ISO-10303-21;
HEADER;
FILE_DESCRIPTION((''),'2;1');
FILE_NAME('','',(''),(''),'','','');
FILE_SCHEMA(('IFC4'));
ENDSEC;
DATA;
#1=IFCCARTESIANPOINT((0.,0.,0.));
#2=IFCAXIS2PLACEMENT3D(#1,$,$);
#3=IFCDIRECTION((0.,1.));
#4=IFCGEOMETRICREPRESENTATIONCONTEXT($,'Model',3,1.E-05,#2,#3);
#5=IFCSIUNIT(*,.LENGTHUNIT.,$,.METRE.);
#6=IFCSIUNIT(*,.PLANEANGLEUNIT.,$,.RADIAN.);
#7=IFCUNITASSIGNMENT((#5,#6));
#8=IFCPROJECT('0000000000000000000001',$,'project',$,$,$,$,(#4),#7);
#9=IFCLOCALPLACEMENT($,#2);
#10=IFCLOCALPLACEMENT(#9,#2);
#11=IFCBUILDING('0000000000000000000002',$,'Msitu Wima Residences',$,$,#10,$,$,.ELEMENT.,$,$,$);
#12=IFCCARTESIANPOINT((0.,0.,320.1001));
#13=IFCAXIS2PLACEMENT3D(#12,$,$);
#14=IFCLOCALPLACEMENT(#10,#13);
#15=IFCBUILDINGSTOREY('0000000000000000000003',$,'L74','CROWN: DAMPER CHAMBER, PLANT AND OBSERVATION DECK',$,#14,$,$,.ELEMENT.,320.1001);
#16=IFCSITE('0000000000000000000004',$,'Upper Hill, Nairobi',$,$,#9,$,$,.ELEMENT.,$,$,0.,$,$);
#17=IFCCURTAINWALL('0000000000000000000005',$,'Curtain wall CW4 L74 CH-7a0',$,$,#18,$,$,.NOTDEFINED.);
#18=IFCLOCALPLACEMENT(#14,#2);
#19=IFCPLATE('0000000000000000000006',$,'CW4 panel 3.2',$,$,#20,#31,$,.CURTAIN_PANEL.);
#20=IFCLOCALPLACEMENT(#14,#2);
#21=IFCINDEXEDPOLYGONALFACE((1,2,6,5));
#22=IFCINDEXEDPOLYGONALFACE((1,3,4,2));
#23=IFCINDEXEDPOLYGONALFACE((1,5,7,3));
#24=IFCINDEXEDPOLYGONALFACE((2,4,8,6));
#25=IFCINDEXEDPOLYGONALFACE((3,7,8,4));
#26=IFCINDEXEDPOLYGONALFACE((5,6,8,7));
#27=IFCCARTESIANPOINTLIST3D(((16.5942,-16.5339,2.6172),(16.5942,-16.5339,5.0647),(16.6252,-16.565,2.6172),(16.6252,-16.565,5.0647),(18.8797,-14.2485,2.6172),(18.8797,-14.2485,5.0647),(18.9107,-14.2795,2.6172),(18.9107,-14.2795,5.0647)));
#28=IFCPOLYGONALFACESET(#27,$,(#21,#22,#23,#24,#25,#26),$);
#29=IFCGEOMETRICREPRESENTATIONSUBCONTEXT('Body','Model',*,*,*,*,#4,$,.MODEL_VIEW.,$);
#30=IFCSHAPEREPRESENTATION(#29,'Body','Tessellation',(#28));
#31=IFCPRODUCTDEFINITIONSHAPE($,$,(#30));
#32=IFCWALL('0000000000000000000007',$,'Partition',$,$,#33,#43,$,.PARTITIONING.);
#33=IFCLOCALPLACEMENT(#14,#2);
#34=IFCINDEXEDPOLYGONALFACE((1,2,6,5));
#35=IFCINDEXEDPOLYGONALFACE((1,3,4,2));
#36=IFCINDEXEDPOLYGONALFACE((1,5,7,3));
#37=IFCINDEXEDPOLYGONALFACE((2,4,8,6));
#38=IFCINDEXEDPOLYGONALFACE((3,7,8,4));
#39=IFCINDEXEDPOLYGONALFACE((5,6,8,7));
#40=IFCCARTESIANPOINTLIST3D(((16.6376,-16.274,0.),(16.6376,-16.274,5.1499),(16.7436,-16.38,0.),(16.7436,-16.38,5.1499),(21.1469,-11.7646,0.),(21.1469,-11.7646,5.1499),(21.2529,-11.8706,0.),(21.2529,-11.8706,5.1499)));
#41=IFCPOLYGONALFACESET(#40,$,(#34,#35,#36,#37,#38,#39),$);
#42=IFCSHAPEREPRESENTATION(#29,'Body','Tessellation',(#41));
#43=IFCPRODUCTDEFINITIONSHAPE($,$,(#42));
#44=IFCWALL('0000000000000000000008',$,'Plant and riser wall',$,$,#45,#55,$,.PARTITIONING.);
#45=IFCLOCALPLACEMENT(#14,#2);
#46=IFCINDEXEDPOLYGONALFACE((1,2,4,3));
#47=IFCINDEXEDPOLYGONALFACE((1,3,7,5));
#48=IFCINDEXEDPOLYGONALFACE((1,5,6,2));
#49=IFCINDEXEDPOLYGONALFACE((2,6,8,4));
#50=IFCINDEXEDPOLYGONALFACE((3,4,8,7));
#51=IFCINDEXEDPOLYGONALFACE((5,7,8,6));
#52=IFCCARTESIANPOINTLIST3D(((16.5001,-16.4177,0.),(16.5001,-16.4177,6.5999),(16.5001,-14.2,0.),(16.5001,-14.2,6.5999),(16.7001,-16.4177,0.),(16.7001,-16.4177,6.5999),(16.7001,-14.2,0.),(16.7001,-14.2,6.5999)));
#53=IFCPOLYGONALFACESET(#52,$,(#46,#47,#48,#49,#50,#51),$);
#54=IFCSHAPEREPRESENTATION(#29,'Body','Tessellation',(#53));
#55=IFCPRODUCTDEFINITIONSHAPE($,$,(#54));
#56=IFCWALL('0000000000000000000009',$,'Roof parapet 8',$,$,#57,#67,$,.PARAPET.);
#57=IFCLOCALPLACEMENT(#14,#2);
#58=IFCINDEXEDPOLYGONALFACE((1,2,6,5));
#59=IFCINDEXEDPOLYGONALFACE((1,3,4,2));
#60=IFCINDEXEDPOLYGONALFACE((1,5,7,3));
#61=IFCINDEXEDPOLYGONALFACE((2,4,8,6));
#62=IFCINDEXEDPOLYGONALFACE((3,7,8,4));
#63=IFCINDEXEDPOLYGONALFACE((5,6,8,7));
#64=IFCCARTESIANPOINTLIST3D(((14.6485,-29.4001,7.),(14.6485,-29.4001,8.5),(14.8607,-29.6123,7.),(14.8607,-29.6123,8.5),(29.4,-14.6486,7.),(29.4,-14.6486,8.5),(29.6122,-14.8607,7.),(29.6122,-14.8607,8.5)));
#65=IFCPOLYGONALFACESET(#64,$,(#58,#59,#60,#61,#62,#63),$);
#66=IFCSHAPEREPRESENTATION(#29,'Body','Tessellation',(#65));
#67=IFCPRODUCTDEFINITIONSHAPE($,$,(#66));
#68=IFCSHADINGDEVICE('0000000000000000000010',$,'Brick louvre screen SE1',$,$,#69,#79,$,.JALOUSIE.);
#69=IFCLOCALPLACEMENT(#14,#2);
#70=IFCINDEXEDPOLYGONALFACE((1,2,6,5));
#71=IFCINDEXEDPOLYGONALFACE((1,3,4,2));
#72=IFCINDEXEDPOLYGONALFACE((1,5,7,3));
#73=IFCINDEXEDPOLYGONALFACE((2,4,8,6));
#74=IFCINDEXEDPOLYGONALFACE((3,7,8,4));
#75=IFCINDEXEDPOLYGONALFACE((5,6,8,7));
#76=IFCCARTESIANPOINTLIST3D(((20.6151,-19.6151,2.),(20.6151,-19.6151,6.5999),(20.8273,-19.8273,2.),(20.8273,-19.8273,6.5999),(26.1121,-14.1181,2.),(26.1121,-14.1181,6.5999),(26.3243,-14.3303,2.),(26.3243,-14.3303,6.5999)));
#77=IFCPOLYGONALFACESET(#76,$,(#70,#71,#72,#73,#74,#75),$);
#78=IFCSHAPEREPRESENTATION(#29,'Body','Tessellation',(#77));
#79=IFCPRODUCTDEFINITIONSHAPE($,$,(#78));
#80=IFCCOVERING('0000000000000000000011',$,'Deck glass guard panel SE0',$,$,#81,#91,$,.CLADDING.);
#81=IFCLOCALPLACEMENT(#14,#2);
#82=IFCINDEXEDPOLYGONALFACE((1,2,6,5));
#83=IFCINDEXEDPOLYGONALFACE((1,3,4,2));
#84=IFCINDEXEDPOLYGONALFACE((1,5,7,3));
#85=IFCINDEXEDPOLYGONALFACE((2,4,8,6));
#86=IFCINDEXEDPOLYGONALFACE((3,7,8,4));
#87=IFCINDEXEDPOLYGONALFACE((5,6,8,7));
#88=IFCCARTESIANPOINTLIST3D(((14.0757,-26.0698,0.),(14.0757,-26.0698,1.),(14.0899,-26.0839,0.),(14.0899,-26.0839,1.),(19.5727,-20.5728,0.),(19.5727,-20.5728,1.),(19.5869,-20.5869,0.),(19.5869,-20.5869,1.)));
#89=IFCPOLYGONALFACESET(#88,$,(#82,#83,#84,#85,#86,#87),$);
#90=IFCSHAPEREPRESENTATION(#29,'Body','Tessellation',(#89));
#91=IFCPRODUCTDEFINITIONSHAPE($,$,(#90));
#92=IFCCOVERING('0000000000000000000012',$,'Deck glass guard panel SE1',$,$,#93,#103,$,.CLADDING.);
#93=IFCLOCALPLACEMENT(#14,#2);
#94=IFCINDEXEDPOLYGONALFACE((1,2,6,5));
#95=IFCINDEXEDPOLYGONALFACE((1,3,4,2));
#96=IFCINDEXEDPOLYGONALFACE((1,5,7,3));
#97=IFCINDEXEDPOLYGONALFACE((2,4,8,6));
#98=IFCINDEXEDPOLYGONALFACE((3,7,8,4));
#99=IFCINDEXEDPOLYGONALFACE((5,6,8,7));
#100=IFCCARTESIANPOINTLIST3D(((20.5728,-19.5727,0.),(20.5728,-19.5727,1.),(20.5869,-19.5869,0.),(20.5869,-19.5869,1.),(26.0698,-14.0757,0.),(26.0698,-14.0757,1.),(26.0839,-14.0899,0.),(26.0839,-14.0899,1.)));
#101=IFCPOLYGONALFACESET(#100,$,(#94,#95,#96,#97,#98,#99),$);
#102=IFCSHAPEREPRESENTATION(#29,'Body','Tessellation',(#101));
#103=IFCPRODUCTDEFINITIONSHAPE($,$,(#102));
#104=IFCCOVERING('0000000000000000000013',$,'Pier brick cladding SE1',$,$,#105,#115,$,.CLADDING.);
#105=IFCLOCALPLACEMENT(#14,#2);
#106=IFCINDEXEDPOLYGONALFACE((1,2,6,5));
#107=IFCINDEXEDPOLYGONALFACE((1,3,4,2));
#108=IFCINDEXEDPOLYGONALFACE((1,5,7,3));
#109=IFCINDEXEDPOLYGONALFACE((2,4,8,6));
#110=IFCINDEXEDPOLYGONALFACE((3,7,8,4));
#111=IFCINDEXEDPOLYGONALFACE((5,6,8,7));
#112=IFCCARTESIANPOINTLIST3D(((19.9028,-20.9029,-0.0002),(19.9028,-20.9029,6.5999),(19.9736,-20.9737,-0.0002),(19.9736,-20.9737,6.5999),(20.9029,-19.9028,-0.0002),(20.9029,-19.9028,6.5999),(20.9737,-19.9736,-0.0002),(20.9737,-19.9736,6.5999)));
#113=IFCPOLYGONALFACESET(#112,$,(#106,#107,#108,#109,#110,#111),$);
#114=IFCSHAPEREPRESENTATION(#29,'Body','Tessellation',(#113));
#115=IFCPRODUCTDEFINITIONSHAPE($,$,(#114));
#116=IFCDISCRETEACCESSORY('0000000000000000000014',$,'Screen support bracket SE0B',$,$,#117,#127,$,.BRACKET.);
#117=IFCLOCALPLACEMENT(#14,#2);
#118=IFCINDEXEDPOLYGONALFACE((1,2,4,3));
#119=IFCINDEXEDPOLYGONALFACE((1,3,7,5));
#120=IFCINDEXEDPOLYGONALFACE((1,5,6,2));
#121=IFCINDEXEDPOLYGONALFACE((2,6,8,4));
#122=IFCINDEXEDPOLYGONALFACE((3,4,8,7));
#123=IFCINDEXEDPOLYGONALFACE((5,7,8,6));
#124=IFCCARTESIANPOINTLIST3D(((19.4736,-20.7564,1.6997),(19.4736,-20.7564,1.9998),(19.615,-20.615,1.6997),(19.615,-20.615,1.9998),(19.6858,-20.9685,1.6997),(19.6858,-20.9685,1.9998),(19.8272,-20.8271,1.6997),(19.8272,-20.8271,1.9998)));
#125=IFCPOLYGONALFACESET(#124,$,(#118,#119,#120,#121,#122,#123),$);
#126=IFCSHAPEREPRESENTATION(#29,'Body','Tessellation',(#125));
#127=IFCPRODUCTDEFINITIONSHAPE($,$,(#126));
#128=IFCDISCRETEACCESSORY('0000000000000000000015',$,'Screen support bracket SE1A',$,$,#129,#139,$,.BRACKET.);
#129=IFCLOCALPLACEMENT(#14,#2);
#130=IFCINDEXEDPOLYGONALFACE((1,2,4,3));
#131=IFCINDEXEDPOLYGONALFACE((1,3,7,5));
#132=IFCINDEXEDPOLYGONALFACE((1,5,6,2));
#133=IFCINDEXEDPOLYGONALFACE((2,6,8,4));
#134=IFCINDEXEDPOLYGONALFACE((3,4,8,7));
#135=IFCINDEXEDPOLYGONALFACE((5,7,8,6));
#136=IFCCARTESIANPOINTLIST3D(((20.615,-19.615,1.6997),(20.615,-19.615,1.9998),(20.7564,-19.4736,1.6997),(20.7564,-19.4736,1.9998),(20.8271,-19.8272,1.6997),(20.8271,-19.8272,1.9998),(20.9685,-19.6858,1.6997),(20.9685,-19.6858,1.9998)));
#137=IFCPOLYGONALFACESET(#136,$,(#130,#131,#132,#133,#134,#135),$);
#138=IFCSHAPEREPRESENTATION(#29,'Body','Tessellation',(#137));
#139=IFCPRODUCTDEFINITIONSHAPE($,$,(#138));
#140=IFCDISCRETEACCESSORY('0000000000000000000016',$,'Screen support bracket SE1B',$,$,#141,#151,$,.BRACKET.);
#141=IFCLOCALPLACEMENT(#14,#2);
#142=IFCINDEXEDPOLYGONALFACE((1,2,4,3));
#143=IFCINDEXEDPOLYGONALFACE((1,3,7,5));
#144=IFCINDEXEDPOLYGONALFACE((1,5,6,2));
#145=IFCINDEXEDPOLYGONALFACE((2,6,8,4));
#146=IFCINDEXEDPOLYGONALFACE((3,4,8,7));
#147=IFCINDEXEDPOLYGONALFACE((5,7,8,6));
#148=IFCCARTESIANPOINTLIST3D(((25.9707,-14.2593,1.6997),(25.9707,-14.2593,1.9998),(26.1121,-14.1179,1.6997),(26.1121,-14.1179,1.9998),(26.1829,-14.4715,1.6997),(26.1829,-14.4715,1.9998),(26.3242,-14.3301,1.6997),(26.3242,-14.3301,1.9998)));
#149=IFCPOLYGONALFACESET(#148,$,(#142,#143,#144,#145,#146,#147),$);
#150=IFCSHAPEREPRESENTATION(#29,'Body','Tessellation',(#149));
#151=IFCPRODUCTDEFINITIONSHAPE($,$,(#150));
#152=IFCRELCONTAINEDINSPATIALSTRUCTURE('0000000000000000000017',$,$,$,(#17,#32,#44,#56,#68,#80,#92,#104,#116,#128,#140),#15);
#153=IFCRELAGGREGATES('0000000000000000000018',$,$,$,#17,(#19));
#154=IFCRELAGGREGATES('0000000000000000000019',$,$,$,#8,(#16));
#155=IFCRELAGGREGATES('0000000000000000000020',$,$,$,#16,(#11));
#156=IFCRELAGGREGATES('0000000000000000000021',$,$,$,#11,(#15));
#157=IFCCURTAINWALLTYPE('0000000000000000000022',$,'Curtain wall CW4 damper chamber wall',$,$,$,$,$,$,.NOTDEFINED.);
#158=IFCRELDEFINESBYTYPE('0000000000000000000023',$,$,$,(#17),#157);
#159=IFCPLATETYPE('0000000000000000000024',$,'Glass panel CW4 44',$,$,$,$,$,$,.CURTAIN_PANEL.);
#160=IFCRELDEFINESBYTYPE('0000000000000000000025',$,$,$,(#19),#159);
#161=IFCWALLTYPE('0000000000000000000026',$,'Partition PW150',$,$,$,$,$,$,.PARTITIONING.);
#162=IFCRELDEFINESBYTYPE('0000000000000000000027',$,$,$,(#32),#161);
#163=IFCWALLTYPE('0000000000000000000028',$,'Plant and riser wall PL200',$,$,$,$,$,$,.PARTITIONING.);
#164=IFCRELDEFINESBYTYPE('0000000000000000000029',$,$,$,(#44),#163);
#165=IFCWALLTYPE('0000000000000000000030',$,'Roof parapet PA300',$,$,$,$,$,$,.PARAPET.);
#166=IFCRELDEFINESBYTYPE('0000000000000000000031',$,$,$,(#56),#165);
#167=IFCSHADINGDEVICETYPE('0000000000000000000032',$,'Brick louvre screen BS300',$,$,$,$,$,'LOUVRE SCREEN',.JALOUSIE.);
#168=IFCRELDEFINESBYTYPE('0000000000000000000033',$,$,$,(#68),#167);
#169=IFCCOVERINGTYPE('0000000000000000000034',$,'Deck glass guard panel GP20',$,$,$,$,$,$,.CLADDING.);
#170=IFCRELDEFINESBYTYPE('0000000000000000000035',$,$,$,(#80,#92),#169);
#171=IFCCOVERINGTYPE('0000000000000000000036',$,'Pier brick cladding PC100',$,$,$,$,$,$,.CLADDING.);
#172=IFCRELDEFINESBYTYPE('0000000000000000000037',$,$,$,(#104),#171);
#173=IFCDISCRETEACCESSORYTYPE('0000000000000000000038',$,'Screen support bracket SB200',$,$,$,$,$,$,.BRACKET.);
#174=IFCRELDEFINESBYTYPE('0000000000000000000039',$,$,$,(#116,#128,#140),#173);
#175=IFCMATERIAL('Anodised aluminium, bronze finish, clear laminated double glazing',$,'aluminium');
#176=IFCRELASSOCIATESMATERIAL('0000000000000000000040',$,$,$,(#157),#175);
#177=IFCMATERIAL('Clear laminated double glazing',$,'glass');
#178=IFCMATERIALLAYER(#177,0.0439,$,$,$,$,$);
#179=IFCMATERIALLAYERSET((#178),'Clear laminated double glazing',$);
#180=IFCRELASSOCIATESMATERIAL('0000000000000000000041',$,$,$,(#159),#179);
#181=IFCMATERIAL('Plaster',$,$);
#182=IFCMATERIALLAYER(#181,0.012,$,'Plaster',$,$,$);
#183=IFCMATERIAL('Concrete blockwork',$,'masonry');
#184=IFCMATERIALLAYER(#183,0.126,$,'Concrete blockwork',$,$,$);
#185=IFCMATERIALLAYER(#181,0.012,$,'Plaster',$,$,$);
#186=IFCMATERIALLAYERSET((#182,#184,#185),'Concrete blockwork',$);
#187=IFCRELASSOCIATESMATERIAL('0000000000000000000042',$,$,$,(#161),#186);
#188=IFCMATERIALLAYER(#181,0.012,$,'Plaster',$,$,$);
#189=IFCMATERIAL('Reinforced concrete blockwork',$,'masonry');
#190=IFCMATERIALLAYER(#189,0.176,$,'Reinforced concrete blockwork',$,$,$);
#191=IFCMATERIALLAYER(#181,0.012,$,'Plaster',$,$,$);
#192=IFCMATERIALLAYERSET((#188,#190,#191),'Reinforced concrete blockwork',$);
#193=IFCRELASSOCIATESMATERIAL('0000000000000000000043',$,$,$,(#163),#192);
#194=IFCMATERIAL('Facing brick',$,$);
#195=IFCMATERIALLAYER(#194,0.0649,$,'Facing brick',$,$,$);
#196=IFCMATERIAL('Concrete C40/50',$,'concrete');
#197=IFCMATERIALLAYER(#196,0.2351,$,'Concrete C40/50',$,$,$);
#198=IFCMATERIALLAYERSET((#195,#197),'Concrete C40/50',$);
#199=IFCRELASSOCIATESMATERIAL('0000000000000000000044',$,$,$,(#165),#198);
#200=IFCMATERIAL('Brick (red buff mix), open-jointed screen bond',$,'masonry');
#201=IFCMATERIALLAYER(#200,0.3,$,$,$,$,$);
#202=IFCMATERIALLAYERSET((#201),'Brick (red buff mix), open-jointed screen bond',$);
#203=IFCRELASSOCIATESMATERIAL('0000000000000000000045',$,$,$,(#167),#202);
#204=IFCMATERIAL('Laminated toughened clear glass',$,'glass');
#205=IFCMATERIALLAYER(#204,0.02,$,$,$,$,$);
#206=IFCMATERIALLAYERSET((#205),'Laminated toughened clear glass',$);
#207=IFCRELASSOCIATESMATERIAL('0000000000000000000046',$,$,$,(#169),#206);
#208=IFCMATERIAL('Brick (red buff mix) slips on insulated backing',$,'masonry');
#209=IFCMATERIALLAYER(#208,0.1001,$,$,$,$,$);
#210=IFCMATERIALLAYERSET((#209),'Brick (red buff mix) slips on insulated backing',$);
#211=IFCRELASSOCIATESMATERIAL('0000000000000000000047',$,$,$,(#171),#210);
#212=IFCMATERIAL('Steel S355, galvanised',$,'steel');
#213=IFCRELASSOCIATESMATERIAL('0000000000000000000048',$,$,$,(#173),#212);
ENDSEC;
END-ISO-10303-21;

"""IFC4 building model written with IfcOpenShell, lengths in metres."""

from ifc_helpers import new_model, si_unit, direction, frame, frame_2d, origin, origin_2d, place, context, subcontext, project, spatial, rectangle, extrude, material, layer, layer_set, type_object, element, aggregate, save


model = new_model("IFC4")

# Units and contexts
model_context = context("Model", 3, precision=1e-05, world=origin(), true_north=direction((0.0, 1.0)))
body_context = subcontext(model_context, "Body", "Model", "MODEL_VIEW")
ifc_project = project(units=[si_unit("LENGTHUNIT", "METRE"), si_unit("PLANEANGLEUNIT", "RADIAN")], contexts=[model_context])

# Site, building, storey
site_placement = place(None, origin())
site = spatial("IfcSite", under=ifc_project, at=site_placement, Name="Upper Hill, Nairobi", CompositionType="ELEMENT", RefElevation=0.0)
building_placement = place(site_placement, origin())
building = spatial("IfcBuilding", under=site, at=building_placement, Name="Msitu Wima Residences", CompositionType="ELEMENT")
storey_placement = place(building_placement, frame((0.0, 0.0, 320.1001)))
storey = spatial("IfcBuildingStorey", under=building, at=storey_placement, Name="L74", Description="CROWN: DAMPER CHAMBER, PLANT AND OBSERVATION DECK", CompositionType="ELEMENT", Elevation=320.1001)

# Curtain wall, plate
ifc_material_1 = material(Name="Anodised aluminium, bronze finish, clear laminated double glazing", Category="aluminium")
curtain_wall_type = type_object("IfcCurtainWallType", Name="Curtain wall CW4 damper chamber wall", PredefinedType="NOTDEFINED", material=ifc_material_1)
curtain_wall_placement = place(storey_placement, origin())
curtain_wall = element("IfcCurtainWall", 1, at=curtain_wall_placement, inside=storey, type_object=curtain_wall_type, Name="Curtain wall CW4 L74 CH-7a0", PredefinedType="NOTDEFINED")
ifc_material_2 = material(Name="Clear laminated double glazing", Category="glass")
ifc_layer_1 = layer(ifc_material_2, 0.0439)
ifc_layer_set_1 = layer_set([ifc_layer_1], Name="Clear laminated double glazing")
plate_type = type_object("IfcPlateType", Name="Glass panel CW4 44", PredefinedType="CURTAIN_PANEL", material=ifc_layer_set_1)
plate_1_placement = place(storey_placement, frame((17.7524, -15.4067, 2.6172), z_axis=(0.0, 0.0, 1.0), x_axis=(0.707107, 0.707107, 0.0)))
plate_1 = element("IfcPlate", 2, at=plate_1_placement, type_object=plate_type, Name="CW4 panel 3.2", PredefinedType="CURTAIN_PANEL", context=body_context, shape_type="SweptSolid", body=[
    extrude(rectangle(XDim=3.2322, YDim=0.0439, at=origin_2d()), origin(), (0.0, 0.0, 1.0), 2.4475),
])
aggregate(curtain_wall, [plate_1])

# Walls
ifc_material_3 = material(Name="Plaster")
ifc_layer_2 = layer(ifc_material_3, 0.012, Name="Plaster")
ifc_material_4 = material(Name="Concrete blockwork", Category="masonry")
ifc_layer_3 = layer(ifc_material_4, 0.126, Name="Concrete blockwork")
ifc_layer_4 = layer(ifc_material_3, 0.012, Name="Plaster")
ifc_layer_set_2 = layer_set([ifc_layer_2, ifc_layer_3, ifc_layer_4], Name="Concrete blockwork")
wall_type_1 = type_object("IfcWallType", Name="Partition PW150", PredefinedType="PARTITIONING", material=ifc_layer_set_2)
wall_1_placement = place(storey_placement, frame((16.6907, -16.3269, 0.0), z_axis=(0.0, 0.0, 1.0), x_axis=(0.707107, 0.707107, 0.0)))
element("IfcWall", 3, at=wall_1_placement, inside=storey, type_object=wall_type_1, Name="Partition", PredefinedType="PARTITIONING", context=body_context, shape_type="SweptSolid", body=[
    extrude(rectangle(XDim=6.3772, YDim=0.1499, at=frame_2d((3.1885, 0.0))), origin(), (0.0, 0.0, 1.0), 5.1499),
])
ifc_layer_5 = layer(ifc_material_3, 0.012, Name="Plaster")
ifc_material_5 = material(Name="Reinforced concrete blockwork", Category="masonry")
ifc_layer_6 = layer(ifc_material_5, 0.176, Name="Reinforced concrete blockwork")
ifc_layer_7 = layer(ifc_material_3, 0.012, Name="Plaster")
ifc_layer_set_3 = layer_set([ifc_layer_5, ifc_layer_6, ifc_layer_7], Name="Reinforced concrete blockwork")
wall_type_2 = type_object("IfcWallType", Name="Plant and riser wall PL200", PredefinedType="PARTITIONING", material=ifc_layer_set_3)
wall_2_placement = place(storey_placement, frame((16.6001, -16.4177, 0.0), z_axis=(0.0, 0.0, 1.0), x_axis=(0.0, 1.0, 0.0)))
element("IfcWall", 4, at=wall_2_placement, inside=storey, type_object=wall_type_2, Name="Plant and riser wall", PredefinedType="PARTITIONING", context=body_context, shape_type="SweptSolid", body=[
    extrude(rectangle(XDim=2.2178, YDim=0.2, at=frame_2d((1.1089, 0.0))), origin(), (0.0, 0.0, 1.0), 6.5999),
])
ifc_material_6 = material(Name="Facing brick")
ifc_layer_8 = layer(ifc_material_6, 0.0649, Name="Facing brick")
ifc_material_7 = material(Name="Concrete C40/50", Category="concrete")
ifc_layer_9 = layer(ifc_material_7, 0.2351, Name="Concrete C40/50")
ifc_layer_set_4 = layer_set([ifc_layer_8, ifc_layer_9], Name="Concrete C40/50")
wall_type_3 = type_object("IfcWallType", Name="Roof parapet PA300", PredefinedType="PARAPET", material=ifc_layer_set_4)
wall_3_placement = place(storey_placement, frame((29.5061, -14.7546, 7.0), z_axis=(0.0, 0.0, 1.0), x_axis=(-0.707107, -0.707107, 0.0)))
element("IfcWall", 5, at=wall_3_placement, inside=storey, type_object=wall_type_3, Name="Roof parapet 8", PredefinedType="PARAPET", context=body_context, shape_type="SweptSolid", body=[
    extrude(rectangle(XDim=20.8618, YDim=0.3, at=frame_2d((10.4309, 0.0))), origin(), (0.0, 0.0, 1.0), 1.5),
])

# Shading device
ifc_material_8 = material(Name="Brick (red buff mix), open-jointed screen bond", Category="masonry")
ifc_layer_10 = layer(ifc_material_8, 0.3)
ifc_layer_set_5 = layer_set([ifc_layer_10], Name="Brick (red buff mix), open-jointed screen bond")
shading_device_type = type_object("IfcShadingDeviceType", Name="Brick louvre screen BS300", ElementType="LOUVRE SCREEN", PredefinedType="JALOUSIE", material=ifc_layer_set_5)
shading_device_placement = place(storey_placement, frame((20.7212, -19.7212, 2.0), z_axis=(0.0, 0.0, 1.0), x_axis=(0.707107, 0.707107, 0.0)))
element("IfcShadingDevice", 6, at=shading_device_placement, inside=storey, type_object=shading_device_type, Name="Brick louvre screen SE1", PredefinedType="JALOUSIE", context=body_context, shape_type="SweptSolid", body=[
    extrude(rectangle(XDim=7.7739, YDim=0.3, at=frame_2d((3.887, 0.0))), origin(), (0.0, 0.0, 1.0), 4.5999),
])

# Coverings
ifc_material_9 = material(Name="Laminated toughened clear glass", Category="glass")
ifc_layer_11 = layer(ifc_material_9, 0.02)
ifc_layer_set_6 = layer_set([ifc_layer_11], Name="Laminated toughened clear glass")
covering_type_1 = type_object("IfcCoveringType", Name="Deck glass guard panel GP20", PredefinedType="CLADDING", material=ifc_layer_set_6)
for number, where, z_axis, x_axis, name in (
    (7, (16.8313, -23.3284, 0.0), (0.0, 0.0, 1.0), (0.707107, 0.707107, 0.0), "Deck glass guard panel SE0"),
    (8, (23.3284, -16.8313, 0.0), (0.0, 0.0, 1.0), (0.707107, 0.707107, 0.0), "Deck glass guard panel SE1"),
):
    element("IfcCovering", number, at=place(storey_placement, frame(where, z_axis=z_axis, x_axis=x_axis)), inside=storey, type_object=covering_type_1, Name=name, PredefinedType="CLADDING", context=body_context, shape_type="SweptSolid", body=[
        extrude(rectangle(XDim=7.7739, YDim=0.02, at=origin_2d()), origin(), (0.0, 0.0, 1.0), 1.0),
    ])
ifc_material_10 = material(Name="Brick (red buff mix) slips on insulated backing", Category="masonry")
ifc_layer_12 = layer(ifc_material_10, 0.1001)
ifc_layer_set_7 = layer_set([ifc_layer_12], Name="Brick (red buff mix) slips on insulated backing")
covering_type_2 = type_object("IfcCoveringType", Name="Pier brick cladding PC100", PredefinedType="CLADDING", material=ifc_layer_set_7)
covering_placement = place(storey_placement, frame((20.4382, -20.4382, -0.0002), z_axis=(0.0, 0.0, 1.0), x_axis=(0.707107, 0.707107, 0.0)))
element("IfcCovering", 9, at=covering_placement, inside=storey, type_object=covering_type_2, Name="Pier brick cladding SE1", PredefinedType="CLADDING", context=body_context, shape_type="SweptSolid", body=[
    extrude(rectangle(XDim=1.4143, YDim=0.1001, at=origin_2d()), origin(), (0.0, 0.0, 1.0), 6.6001),
])

# Discrete accessories
ifc_material_11 = material(Name="Steel S355, galvanised", Category="steel")
discrete_accessory_type = type_object("IfcDiscreteAccessoryType", Name="Screen support bracket SB200", PredefinedType="BRACKET", material=ifc_material_11)
for number, where, z_axis, x_axis, name in (
    (10, (19.6504, -20.7917, 1.6997), (0.0, 0.0, 1.0), (0.707107, 0.707107, 0.0), "Screen support bracket SE0B"),
    (11, (20.7917, -19.6504, 1.6997), (0.0, 0.0, 1.0), (0.707107, 0.707107, 0.0), "Screen support bracket SE1A"),
    (12, (26.1475, -14.2947, 1.6997), (0.0, 0.0, 1.0), (0.707107, 0.707107, 0.0), "Screen support bracket SE1B"),
):
    element("IfcDiscreteAccessory", number, at=place(storey_placement, frame(where, z_axis=z_axis, x_axis=x_axis)), inside=storey, type_object=discrete_accessory_type, Name=name, PredefinedType="BRACKET", context=body_context, shape_type="SweptSolid", body=[
        extrude(rectangle(XDim=0.2, YDim=0.3, at=origin_2d()), origin(), (0.0, 0.0, 1.0), 0.3),
    ])

save(model, "model.ifc")
